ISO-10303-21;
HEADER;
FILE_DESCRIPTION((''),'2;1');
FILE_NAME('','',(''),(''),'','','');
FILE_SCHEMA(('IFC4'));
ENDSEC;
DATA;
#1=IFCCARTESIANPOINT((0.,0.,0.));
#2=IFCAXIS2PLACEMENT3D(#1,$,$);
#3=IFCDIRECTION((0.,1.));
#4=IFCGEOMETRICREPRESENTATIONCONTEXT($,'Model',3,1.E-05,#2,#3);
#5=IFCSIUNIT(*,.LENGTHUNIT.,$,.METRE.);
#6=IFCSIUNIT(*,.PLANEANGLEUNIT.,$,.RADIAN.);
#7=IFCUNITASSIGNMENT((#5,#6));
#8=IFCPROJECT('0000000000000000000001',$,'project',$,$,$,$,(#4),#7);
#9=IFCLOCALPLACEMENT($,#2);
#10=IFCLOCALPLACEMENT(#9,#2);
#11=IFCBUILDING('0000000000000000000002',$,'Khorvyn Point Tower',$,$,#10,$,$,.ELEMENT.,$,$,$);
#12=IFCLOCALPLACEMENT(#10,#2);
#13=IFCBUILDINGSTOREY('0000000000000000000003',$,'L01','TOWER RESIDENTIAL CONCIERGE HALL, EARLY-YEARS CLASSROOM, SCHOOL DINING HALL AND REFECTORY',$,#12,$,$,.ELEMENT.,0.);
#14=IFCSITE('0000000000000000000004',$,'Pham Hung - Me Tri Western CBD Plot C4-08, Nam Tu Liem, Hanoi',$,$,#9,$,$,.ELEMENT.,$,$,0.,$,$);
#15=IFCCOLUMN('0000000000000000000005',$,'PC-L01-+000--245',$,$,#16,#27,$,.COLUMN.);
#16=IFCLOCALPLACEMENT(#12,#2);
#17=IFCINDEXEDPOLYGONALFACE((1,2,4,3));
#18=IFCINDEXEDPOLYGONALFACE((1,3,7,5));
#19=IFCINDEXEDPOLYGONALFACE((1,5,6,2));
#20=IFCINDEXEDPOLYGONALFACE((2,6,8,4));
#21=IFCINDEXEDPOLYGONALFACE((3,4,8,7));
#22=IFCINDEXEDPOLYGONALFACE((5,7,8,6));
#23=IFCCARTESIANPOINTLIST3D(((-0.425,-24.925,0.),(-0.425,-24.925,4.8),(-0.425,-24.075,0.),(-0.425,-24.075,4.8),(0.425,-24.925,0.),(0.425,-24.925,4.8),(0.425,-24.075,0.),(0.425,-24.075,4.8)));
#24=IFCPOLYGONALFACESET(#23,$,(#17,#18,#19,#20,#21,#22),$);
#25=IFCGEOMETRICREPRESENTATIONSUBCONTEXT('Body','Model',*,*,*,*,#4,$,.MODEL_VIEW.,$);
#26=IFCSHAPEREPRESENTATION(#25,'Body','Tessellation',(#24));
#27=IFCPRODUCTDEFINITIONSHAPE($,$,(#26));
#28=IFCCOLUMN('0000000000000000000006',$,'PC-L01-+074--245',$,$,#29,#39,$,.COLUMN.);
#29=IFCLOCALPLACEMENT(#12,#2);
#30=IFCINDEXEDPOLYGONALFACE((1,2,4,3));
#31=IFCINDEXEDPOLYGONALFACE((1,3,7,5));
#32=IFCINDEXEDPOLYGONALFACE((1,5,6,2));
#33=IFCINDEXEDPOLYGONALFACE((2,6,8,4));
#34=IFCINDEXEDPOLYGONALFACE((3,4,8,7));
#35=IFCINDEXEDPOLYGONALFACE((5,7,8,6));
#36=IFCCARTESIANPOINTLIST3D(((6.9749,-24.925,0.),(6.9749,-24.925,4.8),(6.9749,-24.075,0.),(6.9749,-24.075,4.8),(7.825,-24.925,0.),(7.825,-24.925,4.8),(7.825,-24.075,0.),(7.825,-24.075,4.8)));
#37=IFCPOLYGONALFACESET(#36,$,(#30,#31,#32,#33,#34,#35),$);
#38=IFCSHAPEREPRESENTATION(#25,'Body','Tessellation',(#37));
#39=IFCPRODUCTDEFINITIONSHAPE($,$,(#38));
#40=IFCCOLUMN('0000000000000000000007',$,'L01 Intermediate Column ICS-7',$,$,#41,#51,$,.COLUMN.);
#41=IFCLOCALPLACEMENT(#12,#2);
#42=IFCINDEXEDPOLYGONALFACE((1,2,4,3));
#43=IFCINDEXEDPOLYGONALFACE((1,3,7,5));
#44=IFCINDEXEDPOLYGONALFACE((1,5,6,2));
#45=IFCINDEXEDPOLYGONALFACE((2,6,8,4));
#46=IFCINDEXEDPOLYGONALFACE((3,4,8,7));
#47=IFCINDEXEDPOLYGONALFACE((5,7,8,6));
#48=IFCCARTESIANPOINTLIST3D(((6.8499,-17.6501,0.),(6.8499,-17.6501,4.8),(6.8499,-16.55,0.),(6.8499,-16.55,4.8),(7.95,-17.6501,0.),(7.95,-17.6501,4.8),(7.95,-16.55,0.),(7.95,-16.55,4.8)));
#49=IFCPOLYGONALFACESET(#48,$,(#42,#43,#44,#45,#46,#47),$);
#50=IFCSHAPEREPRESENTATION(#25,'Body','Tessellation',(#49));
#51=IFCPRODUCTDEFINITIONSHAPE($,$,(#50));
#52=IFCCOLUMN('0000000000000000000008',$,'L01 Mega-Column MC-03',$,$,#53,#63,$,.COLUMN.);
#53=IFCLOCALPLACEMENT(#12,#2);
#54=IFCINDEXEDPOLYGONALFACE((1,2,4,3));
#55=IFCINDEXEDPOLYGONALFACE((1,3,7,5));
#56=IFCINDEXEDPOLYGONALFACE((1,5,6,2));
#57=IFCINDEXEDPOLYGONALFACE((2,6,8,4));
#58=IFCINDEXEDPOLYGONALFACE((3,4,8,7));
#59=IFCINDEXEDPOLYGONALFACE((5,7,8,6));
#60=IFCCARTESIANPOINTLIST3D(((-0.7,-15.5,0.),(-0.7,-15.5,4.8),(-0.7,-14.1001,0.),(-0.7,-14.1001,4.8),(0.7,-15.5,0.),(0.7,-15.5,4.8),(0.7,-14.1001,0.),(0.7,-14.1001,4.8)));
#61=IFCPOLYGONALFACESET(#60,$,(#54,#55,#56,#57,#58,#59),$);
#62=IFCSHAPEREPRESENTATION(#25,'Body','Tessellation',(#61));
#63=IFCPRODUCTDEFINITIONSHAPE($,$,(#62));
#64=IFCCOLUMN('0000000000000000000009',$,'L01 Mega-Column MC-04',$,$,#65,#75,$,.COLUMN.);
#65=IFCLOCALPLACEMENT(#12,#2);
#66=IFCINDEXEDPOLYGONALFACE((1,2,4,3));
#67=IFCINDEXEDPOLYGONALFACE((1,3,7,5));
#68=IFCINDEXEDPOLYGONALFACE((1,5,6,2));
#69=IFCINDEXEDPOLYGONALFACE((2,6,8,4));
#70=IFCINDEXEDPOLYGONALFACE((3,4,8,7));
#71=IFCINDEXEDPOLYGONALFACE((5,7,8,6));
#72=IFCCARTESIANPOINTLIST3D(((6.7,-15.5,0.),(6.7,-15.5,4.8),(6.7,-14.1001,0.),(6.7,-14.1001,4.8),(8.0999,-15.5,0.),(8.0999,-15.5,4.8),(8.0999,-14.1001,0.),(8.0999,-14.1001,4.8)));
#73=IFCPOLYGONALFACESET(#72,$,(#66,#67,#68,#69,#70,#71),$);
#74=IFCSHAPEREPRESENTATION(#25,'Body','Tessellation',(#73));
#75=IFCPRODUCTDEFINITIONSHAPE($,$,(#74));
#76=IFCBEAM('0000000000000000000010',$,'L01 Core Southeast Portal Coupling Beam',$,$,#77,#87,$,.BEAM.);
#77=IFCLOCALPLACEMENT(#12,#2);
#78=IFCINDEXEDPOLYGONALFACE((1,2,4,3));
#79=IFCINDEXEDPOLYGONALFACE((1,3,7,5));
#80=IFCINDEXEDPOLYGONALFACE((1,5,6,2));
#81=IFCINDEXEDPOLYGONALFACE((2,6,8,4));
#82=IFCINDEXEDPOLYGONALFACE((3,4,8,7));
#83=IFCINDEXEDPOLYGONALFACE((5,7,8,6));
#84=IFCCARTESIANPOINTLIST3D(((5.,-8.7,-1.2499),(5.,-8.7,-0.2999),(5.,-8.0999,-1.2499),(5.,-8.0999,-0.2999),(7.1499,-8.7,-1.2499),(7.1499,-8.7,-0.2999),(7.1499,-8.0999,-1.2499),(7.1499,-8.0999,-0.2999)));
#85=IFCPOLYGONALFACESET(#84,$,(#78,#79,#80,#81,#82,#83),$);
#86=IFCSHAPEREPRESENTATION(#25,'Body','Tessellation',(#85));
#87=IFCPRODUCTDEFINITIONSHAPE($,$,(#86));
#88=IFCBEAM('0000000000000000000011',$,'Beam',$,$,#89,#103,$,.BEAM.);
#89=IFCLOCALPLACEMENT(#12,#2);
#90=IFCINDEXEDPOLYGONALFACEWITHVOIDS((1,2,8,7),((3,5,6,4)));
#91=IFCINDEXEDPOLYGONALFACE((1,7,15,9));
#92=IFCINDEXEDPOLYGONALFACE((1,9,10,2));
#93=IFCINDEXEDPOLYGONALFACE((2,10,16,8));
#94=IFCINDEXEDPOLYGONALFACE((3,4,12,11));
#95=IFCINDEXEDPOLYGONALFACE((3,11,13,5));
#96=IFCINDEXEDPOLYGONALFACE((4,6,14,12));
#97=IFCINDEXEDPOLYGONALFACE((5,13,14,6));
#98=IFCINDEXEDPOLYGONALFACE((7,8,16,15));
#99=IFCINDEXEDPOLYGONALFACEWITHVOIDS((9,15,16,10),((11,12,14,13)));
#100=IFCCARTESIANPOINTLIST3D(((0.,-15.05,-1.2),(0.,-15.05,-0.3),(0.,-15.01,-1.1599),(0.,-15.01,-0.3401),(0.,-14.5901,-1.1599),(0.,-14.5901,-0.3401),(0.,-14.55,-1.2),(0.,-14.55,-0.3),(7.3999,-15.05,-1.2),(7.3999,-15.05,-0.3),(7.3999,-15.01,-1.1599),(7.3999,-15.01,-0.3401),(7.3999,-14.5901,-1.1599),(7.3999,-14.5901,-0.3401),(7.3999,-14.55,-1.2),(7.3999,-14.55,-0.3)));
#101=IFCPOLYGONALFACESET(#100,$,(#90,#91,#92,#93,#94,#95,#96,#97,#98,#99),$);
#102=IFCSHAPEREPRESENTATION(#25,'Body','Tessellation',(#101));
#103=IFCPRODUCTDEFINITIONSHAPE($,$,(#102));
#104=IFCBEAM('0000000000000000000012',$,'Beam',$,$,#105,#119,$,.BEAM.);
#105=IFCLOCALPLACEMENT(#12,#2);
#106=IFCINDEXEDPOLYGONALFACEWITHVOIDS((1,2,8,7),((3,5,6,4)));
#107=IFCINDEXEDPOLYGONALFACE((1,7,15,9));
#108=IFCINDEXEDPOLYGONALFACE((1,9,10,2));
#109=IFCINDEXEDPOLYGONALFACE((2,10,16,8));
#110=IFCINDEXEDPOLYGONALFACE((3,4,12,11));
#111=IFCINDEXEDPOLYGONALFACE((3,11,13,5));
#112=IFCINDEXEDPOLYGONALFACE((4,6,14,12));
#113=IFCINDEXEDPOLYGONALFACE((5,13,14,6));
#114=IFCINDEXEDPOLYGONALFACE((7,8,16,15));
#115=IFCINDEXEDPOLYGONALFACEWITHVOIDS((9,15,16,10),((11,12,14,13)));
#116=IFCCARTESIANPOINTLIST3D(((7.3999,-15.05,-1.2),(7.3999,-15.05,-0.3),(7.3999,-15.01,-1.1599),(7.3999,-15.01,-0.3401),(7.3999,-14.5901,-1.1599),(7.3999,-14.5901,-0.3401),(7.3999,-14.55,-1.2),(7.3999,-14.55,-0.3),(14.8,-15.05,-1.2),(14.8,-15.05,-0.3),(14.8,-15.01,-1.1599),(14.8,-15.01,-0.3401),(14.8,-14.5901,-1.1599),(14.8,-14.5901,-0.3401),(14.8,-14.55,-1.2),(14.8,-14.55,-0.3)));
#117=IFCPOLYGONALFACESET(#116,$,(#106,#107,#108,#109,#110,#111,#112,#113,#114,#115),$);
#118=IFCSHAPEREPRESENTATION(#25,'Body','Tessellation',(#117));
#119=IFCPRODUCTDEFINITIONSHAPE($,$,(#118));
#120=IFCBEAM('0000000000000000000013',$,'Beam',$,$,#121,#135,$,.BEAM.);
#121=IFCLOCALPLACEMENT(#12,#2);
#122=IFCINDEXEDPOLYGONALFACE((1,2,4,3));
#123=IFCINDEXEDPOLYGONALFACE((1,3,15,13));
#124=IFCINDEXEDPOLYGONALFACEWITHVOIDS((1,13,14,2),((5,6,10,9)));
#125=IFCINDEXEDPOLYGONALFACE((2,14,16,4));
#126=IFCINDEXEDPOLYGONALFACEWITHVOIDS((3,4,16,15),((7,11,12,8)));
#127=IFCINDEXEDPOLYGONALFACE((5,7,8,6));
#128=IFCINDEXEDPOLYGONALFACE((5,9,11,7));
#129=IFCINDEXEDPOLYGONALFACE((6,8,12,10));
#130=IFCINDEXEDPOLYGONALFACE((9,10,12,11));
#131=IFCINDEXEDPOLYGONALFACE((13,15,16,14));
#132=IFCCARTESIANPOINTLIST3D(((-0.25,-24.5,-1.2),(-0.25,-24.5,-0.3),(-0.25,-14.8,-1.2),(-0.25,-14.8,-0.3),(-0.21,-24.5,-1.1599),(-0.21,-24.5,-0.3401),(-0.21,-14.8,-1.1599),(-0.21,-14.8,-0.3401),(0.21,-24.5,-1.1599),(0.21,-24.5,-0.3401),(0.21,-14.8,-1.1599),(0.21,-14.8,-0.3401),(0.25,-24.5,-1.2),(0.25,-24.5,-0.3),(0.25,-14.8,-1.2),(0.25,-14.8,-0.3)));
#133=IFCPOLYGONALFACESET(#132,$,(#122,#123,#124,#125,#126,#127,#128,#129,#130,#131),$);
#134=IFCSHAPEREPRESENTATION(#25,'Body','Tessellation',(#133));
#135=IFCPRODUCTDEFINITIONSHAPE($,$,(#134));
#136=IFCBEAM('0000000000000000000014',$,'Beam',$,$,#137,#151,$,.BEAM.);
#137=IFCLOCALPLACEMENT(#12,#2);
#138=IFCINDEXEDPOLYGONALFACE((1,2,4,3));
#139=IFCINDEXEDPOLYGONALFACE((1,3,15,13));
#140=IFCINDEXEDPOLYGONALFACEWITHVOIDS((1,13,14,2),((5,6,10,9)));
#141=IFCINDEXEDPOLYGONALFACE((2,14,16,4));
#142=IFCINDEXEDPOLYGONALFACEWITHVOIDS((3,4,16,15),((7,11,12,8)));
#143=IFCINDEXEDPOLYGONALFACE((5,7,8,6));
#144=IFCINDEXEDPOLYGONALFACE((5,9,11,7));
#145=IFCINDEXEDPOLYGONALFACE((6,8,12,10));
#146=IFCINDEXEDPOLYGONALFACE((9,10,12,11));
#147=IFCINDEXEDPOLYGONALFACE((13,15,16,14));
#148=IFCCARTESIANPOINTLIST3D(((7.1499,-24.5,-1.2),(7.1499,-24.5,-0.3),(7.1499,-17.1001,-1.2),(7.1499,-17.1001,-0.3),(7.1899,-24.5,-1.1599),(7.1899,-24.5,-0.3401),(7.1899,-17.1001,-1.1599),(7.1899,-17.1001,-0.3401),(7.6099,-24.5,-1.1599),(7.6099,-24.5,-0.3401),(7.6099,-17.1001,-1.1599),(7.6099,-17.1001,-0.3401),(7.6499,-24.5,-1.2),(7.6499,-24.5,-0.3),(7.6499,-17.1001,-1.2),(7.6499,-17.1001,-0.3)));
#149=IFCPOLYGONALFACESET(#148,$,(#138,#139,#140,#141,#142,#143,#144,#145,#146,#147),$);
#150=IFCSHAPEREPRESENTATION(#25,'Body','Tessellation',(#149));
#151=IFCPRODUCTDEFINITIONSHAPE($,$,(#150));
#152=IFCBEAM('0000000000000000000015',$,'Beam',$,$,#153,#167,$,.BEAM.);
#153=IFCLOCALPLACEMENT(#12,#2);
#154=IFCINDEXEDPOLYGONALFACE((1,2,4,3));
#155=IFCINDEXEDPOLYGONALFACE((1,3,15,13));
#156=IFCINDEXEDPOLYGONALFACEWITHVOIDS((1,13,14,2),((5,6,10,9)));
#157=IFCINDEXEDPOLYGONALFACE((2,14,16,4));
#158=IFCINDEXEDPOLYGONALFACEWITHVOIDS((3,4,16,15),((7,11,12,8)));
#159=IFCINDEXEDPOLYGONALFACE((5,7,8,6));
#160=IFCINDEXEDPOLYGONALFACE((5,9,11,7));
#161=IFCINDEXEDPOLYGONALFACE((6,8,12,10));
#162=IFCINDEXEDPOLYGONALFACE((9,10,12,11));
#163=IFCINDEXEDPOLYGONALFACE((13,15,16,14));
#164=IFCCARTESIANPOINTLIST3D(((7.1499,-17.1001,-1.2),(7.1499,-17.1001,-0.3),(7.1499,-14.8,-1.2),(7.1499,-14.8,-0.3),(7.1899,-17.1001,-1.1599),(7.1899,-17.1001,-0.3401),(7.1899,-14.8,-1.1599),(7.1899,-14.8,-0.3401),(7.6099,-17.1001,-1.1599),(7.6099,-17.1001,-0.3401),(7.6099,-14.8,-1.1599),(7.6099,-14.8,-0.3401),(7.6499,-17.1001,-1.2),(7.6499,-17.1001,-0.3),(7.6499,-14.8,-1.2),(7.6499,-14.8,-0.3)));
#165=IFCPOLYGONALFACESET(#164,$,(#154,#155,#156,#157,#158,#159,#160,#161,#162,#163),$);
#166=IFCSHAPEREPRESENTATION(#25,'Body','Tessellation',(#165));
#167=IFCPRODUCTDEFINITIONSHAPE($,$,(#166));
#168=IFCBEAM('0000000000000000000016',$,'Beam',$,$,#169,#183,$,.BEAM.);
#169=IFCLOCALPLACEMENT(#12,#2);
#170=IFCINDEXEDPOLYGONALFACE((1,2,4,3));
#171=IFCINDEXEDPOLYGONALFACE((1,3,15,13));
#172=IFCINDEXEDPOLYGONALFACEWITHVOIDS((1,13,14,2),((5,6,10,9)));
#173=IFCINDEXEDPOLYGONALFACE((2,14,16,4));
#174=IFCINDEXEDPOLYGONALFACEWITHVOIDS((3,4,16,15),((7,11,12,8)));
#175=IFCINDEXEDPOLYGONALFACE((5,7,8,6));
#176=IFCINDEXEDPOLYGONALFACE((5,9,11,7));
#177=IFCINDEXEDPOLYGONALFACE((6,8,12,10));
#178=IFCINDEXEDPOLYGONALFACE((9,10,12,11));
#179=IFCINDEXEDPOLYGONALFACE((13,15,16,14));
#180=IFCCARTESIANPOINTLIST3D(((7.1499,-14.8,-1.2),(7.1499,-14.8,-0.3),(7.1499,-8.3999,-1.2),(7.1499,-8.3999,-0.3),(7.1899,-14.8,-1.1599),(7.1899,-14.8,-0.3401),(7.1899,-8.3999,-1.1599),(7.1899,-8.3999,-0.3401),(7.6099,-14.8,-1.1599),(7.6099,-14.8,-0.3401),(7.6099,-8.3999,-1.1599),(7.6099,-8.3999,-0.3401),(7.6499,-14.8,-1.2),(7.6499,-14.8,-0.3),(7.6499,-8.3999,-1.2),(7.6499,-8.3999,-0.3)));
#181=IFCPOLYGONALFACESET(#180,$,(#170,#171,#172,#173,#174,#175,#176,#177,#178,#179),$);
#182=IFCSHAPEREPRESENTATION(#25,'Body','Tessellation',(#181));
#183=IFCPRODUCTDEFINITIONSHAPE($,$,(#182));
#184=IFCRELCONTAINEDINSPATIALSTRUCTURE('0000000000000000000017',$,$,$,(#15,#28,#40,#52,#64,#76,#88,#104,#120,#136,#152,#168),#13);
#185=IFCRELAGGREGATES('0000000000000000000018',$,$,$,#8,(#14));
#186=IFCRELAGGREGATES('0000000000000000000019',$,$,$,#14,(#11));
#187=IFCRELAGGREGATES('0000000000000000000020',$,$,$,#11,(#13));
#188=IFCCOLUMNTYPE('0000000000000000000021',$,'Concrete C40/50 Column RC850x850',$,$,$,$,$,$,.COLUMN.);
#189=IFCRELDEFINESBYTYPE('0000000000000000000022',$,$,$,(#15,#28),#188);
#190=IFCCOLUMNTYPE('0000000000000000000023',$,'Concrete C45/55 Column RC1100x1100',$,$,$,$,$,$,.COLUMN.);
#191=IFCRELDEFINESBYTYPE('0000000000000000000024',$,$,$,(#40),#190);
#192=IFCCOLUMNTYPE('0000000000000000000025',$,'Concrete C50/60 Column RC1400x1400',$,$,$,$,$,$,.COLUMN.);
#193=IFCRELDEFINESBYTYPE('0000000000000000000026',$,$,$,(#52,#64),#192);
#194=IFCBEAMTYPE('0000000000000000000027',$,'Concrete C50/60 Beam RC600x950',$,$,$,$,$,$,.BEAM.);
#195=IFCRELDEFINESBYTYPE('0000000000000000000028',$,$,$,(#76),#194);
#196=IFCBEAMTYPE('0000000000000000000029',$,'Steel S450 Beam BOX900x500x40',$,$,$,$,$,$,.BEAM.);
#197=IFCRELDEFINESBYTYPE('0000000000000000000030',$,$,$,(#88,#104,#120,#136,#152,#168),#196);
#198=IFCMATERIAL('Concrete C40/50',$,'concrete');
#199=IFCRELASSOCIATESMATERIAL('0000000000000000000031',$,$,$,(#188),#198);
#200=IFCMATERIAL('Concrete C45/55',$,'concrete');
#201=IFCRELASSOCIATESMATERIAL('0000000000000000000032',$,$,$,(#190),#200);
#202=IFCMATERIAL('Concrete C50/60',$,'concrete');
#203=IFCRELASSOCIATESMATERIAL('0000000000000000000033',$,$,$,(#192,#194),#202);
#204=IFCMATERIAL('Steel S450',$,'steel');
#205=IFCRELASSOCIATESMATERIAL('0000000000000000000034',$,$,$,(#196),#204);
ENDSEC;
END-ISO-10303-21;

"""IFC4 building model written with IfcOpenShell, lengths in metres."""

from ifc_helpers import new_model, si_unit, direction, frame, origin, origin_2d, place, context, subcontext, project, spatial, rectangle, hollow_rectangle, extrude, material, material_profile, profile_set, type_object, element, save


model = new_model("IFC4")

# Units and contexts
model_context = context("Model", 3, precision=1e-05, world=origin(), true_north=direction((0.0, 1.0)))
body_context = subcontext(model_context, "Body", "Model", "MODEL_VIEW")
ifc_project = project(units=[si_unit("LENGTHUNIT", "METRE"), si_unit("PLANEANGLEUNIT", "RADIAN")], contexts=[model_context])

# Site, building, storey
site_placement = place(None, origin())
site = spatial("IfcSite", under=ifc_project, at=site_placement, Name="Pham Hung - Me Tri Western CBD Plot C4-08, Nam Tu Liem, Hanoi", CompositionType="ELEMENT", RefElevation=0.0)
building_placement = place(site_placement, origin())
building = spatial("IfcBuilding", under=site, at=building_placement, Name="Khorvyn Point Tower", CompositionType="ELEMENT")
storey_placement = place(building_placement, origin())
storey = spatial("IfcBuildingStorey", under=building, at=storey_placement, Name="L01", Description="TOWER RESIDENTIAL CONCIERGE HALL, EARLY-YEARS CLASSROOM, SCHOOL DINING HALL AND REFECTORY", CompositionType="ELEMENT", Elevation=0.0)

# Columns
ifc_material_1 = material(Name="Concrete C40/50", Category="concrete")
ifc_material_profile_1 = material_profile(ifc_material_1, rectangle(XDim=0.8501, YDim=0.8501, at=origin_2d()))
ifc_profile_set_1 = profile_set([ifc_material_profile_1], Name="Concrete C40/50 RC850x850")
column_type_1 = type_object("IfcColumnType", Name="Concrete C40/50 Column RC850x850", PredefinedType="COLUMN", material=ifc_profile_set_1)
for number, where, z_axis, x_axis, name in (
    (1, (0.0, -24.5, 0.0), (0.0, 0.0, 1.0), (1.0, 0.0, 0.0), "PC-L01-+000--245"),
    (2, (7.3999, -24.5, 0.0), (0.0, 0.0, 1.0), (1.0, 0.0, 0.0), "PC-L01-+074--245"),
):
    element("IfcColumn", number, at=place(storey_placement, frame(where, z_axis=z_axis, x_axis=x_axis)), inside=storey, type_object=column_type_1, Name=name, PredefinedType="COLUMN", context=body_context, shape_type="SweptSolid", body=[
        extrude(rectangle(XDim=0.8501, YDim=0.8501, at=origin_2d()), origin(), (0.0, 0.0, 1.0), 4.8),
    ])
ifc_material_2 = material(Name="Concrete C45/55", Category="concrete")
ifc_material_profile_2 = material_profile(ifc_material_2, rectangle(XDim=1.1001, YDim=1.1001, at=origin_2d()))
ifc_profile_set_2 = profile_set([ifc_material_profile_2], Name="Concrete C45/55 RC1100x1100")
column_type_2 = type_object("IfcColumnType", Name="Concrete C45/55 Column RC1100x1100", PredefinedType="COLUMN", material=ifc_profile_set_2)
column_placement = place(storey_placement, frame((7.3999, -17.1001, 0.0), z_axis=(0.0, 0.0, 1.0), x_axis=(1.0, 0.0, 0.0)))
element("IfcColumn", 3, at=column_placement, inside=storey, type_object=column_type_2, Name="L01 Intermediate Column ICS-7", PredefinedType="COLUMN", context=body_context, shape_type="SweptSolid", body=[
    extrude(rectangle(XDim=1.1001, YDim=1.1001, at=origin_2d()), origin(), (0.0, 0.0, 1.0), 4.8),
])
ifc_material_3 = material(Name="Concrete C50/60", Category="concrete")
ifc_material_profile_3 = material_profile(ifc_material_3, rectangle(XDim=1.3999, YDim=1.3999, at=origin_2d()))
ifc_profile_set_3 = profile_set([ifc_material_profile_3], Name="Concrete C50/60 RC1400x1400")
column_type_3 = type_object("IfcColumnType", Name="Concrete C50/60 Column RC1400x1400", PredefinedType="COLUMN", material=ifc_profile_set_3)
for number, where, z_axis, x_axis, name in (
    (4, (0.0, -14.8, 0.0), (0.0, 0.0, 1.0), (1.0, 0.0, 0.0), "L01 Mega-Column MC-03"),
    (5, (7.3999, -14.8, 0.0), (0.0, 0.0, 1.0), (1.0, 0.0, 0.0), "L01 Mega-Column MC-04"),
):
    element("IfcColumn", number, at=place(storey_placement, frame(where, z_axis=z_axis, x_axis=x_axis)), inside=storey, type_object=column_type_3, Name=name, PredefinedType="COLUMN", context=body_context, shape_type="SweptSolid", body=[
        extrude(rectangle(XDim=1.3999, YDim=1.3999, at=origin_2d()), origin(), (0.0, 0.0, 1.0), 4.8),
    ])

# Beams
ifc_material_profile_4 = material_profile(ifc_material_3, rectangle(XDim=0.6001, YDim=0.95, at=origin_2d()))
ifc_profile_set_4 = profile_set([ifc_material_profile_4], Name="Concrete C50/60 RC600x950")
beam_type_1 = type_object("IfcBeamType", Name="Concrete C50/60 Beam RC600x950", PredefinedType="BEAM", material=ifc_profile_set_4)
beam_1_placement = place(storey_placement, frame((5.0, -8.3999, -0.7749), z_axis=(1.0, 0.0, 0.0), x_axis=(0.0, 1.0, 0.0)))
element("IfcBeam", 6, at=beam_1_placement, inside=storey, type_object=beam_type_1, Name="L01 Core Southeast Portal Coupling Beam", PredefinedType="BEAM", context=body_context, shape_type="SweptSolid", body=[
    extrude(rectangle(XDim=0.6001, YDim=0.95, at=origin_2d()), origin(), (0.0, 0.0, 1.0), 2.1499),
])
ifc_material_4 = material(Name="Steel S450", Category="steel")
ifc_material_profile_5 = material_profile(ifc_material_4, hollow_rectangle(XDim=0.5, YDim=0.8999, WallThickness=0.04, at=origin_2d()))
ifc_profile_set_5 = profile_set([ifc_material_profile_5], Name="Steel S450 BOX900x500x40")
beam_type_2 = type_object("IfcBeamType", Name="Steel S450 Beam BOX900x500x40", PredefinedType="BEAM", material=ifc_profile_set_5)
beam_2_placement = place(storey_placement, frame((0.0, -14.8, -0.75), z_axis=(1.0, 0.0, 0.0), x_axis=(0.0, 1.0, 0.0)))
element("IfcBeam", 7, at=beam_2_placement, inside=storey, type_object=beam_type_2, Name="Beam", PredefinedType="BEAM", context=body_context, shape_type="SweptSolid", body=[
    extrude(hollow_rectangle(XDim=0.5, YDim=0.8999, WallThickness=0.04, at=origin_2d()), origin(), (0.0, 0.0, 1.0), 7.3999),
])
beam_3_placement = place(storey_placement, frame((7.3999, -14.8, -0.75), z_axis=(1.0, 0.0, 0.0), x_axis=(0.0, 1.0, 0.0)))
element("IfcBeam", 8, at=beam_3_placement, inside=storey, type_object=beam_type_2, Name="Beam", PredefinedType="BEAM", context=body_context, shape_type="SweptSolid", body=[
    extrude(hollow_rectangle(XDim=0.5, YDim=0.8999, WallThickness=0.04, at=origin_2d()), origin(), (0.0, 0.0, 1.0), 7.4001),
])
beam_4_placement = place(storey_placement, frame((0.0, -24.5, -0.75), z_axis=(0.0, 1.0, 0.0), x_axis=(-1.0, 0.0, 0.0)))
element("IfcBeam", 9, at=beam_4_placement, inside=storey, type_object=beam_type_2, Name="Beam", PredefinedType="BEAM", context=body_context, shape_type="SweptSolid", body=[
    extrude(hollow_rectangle(XDim=0.5, YDim=0.8999, WallThickness=0.04, at=origin_2d()), origin(), (0.0, 0.0, 1.0), 9.7),
])
beam_5_placement = place(storey_placement, frame((7.3999, -24.5, -0.75), z_axis=(0.0, 1.0, 0.0), x_axis=(-1.0, 0.0, 0.0)))
element("IfcBeam", 10, at=beam_5_placement, inside=storey, type_object=beam_type_2, Name="Beam", PredefinedType="BEAM", context=body_context, shape_type="SweptSolid", body=[
    extrude(hollow_rectangle(XDim=0.5, YDim=0.8999, WallThickness=0.04, at=origin_2d()), origin(), (0.0, 0.0, 1.0), 7.3999),
])
beam_6_placement = place(storey_placement, frame((7.3999, -17.1001, -0.75), z_axis=(0.0, 1.0, 0.0), x_axis=(-1.0, 0.0, 0.0)))
element("IfcBeam", 11, at=beam_6_placement, inside=storey, type_object=beam_type_2, Name="Beam", PredefinedType="BEAM", context=body_context, shape_type="SweptSolid", body=[
    extrude(hollow_rectangle(XDim=0.5, YDim=0.8999, WallThickness=0.04, at=origin_2d()), origin(), (0.0, 0.0, 1.0), 2.3),
])
beam_7_placement = place(storey_placement, frame((7.3999, -14.8, -0.75), z_axis=(0.0, 1.0, 0.0), x_axis=(-1.0, 0.0, 0.0)))
element("IfcBeam", 12, at=beam_7_placement, inside=storey, type_object=beam_type_2, Name="Beam", PredefinedType="BEAM", context=body_context, shape_type="SweptSolid", body=[
    extrude(hollow_rectangle(XDim=0.5, YDim=0.8999, WallThickness=0.04, at=origin_2d()), origin(), (0.0, 0.0, 1.0), 6.4001),
])

save(model, "model.ifc")
